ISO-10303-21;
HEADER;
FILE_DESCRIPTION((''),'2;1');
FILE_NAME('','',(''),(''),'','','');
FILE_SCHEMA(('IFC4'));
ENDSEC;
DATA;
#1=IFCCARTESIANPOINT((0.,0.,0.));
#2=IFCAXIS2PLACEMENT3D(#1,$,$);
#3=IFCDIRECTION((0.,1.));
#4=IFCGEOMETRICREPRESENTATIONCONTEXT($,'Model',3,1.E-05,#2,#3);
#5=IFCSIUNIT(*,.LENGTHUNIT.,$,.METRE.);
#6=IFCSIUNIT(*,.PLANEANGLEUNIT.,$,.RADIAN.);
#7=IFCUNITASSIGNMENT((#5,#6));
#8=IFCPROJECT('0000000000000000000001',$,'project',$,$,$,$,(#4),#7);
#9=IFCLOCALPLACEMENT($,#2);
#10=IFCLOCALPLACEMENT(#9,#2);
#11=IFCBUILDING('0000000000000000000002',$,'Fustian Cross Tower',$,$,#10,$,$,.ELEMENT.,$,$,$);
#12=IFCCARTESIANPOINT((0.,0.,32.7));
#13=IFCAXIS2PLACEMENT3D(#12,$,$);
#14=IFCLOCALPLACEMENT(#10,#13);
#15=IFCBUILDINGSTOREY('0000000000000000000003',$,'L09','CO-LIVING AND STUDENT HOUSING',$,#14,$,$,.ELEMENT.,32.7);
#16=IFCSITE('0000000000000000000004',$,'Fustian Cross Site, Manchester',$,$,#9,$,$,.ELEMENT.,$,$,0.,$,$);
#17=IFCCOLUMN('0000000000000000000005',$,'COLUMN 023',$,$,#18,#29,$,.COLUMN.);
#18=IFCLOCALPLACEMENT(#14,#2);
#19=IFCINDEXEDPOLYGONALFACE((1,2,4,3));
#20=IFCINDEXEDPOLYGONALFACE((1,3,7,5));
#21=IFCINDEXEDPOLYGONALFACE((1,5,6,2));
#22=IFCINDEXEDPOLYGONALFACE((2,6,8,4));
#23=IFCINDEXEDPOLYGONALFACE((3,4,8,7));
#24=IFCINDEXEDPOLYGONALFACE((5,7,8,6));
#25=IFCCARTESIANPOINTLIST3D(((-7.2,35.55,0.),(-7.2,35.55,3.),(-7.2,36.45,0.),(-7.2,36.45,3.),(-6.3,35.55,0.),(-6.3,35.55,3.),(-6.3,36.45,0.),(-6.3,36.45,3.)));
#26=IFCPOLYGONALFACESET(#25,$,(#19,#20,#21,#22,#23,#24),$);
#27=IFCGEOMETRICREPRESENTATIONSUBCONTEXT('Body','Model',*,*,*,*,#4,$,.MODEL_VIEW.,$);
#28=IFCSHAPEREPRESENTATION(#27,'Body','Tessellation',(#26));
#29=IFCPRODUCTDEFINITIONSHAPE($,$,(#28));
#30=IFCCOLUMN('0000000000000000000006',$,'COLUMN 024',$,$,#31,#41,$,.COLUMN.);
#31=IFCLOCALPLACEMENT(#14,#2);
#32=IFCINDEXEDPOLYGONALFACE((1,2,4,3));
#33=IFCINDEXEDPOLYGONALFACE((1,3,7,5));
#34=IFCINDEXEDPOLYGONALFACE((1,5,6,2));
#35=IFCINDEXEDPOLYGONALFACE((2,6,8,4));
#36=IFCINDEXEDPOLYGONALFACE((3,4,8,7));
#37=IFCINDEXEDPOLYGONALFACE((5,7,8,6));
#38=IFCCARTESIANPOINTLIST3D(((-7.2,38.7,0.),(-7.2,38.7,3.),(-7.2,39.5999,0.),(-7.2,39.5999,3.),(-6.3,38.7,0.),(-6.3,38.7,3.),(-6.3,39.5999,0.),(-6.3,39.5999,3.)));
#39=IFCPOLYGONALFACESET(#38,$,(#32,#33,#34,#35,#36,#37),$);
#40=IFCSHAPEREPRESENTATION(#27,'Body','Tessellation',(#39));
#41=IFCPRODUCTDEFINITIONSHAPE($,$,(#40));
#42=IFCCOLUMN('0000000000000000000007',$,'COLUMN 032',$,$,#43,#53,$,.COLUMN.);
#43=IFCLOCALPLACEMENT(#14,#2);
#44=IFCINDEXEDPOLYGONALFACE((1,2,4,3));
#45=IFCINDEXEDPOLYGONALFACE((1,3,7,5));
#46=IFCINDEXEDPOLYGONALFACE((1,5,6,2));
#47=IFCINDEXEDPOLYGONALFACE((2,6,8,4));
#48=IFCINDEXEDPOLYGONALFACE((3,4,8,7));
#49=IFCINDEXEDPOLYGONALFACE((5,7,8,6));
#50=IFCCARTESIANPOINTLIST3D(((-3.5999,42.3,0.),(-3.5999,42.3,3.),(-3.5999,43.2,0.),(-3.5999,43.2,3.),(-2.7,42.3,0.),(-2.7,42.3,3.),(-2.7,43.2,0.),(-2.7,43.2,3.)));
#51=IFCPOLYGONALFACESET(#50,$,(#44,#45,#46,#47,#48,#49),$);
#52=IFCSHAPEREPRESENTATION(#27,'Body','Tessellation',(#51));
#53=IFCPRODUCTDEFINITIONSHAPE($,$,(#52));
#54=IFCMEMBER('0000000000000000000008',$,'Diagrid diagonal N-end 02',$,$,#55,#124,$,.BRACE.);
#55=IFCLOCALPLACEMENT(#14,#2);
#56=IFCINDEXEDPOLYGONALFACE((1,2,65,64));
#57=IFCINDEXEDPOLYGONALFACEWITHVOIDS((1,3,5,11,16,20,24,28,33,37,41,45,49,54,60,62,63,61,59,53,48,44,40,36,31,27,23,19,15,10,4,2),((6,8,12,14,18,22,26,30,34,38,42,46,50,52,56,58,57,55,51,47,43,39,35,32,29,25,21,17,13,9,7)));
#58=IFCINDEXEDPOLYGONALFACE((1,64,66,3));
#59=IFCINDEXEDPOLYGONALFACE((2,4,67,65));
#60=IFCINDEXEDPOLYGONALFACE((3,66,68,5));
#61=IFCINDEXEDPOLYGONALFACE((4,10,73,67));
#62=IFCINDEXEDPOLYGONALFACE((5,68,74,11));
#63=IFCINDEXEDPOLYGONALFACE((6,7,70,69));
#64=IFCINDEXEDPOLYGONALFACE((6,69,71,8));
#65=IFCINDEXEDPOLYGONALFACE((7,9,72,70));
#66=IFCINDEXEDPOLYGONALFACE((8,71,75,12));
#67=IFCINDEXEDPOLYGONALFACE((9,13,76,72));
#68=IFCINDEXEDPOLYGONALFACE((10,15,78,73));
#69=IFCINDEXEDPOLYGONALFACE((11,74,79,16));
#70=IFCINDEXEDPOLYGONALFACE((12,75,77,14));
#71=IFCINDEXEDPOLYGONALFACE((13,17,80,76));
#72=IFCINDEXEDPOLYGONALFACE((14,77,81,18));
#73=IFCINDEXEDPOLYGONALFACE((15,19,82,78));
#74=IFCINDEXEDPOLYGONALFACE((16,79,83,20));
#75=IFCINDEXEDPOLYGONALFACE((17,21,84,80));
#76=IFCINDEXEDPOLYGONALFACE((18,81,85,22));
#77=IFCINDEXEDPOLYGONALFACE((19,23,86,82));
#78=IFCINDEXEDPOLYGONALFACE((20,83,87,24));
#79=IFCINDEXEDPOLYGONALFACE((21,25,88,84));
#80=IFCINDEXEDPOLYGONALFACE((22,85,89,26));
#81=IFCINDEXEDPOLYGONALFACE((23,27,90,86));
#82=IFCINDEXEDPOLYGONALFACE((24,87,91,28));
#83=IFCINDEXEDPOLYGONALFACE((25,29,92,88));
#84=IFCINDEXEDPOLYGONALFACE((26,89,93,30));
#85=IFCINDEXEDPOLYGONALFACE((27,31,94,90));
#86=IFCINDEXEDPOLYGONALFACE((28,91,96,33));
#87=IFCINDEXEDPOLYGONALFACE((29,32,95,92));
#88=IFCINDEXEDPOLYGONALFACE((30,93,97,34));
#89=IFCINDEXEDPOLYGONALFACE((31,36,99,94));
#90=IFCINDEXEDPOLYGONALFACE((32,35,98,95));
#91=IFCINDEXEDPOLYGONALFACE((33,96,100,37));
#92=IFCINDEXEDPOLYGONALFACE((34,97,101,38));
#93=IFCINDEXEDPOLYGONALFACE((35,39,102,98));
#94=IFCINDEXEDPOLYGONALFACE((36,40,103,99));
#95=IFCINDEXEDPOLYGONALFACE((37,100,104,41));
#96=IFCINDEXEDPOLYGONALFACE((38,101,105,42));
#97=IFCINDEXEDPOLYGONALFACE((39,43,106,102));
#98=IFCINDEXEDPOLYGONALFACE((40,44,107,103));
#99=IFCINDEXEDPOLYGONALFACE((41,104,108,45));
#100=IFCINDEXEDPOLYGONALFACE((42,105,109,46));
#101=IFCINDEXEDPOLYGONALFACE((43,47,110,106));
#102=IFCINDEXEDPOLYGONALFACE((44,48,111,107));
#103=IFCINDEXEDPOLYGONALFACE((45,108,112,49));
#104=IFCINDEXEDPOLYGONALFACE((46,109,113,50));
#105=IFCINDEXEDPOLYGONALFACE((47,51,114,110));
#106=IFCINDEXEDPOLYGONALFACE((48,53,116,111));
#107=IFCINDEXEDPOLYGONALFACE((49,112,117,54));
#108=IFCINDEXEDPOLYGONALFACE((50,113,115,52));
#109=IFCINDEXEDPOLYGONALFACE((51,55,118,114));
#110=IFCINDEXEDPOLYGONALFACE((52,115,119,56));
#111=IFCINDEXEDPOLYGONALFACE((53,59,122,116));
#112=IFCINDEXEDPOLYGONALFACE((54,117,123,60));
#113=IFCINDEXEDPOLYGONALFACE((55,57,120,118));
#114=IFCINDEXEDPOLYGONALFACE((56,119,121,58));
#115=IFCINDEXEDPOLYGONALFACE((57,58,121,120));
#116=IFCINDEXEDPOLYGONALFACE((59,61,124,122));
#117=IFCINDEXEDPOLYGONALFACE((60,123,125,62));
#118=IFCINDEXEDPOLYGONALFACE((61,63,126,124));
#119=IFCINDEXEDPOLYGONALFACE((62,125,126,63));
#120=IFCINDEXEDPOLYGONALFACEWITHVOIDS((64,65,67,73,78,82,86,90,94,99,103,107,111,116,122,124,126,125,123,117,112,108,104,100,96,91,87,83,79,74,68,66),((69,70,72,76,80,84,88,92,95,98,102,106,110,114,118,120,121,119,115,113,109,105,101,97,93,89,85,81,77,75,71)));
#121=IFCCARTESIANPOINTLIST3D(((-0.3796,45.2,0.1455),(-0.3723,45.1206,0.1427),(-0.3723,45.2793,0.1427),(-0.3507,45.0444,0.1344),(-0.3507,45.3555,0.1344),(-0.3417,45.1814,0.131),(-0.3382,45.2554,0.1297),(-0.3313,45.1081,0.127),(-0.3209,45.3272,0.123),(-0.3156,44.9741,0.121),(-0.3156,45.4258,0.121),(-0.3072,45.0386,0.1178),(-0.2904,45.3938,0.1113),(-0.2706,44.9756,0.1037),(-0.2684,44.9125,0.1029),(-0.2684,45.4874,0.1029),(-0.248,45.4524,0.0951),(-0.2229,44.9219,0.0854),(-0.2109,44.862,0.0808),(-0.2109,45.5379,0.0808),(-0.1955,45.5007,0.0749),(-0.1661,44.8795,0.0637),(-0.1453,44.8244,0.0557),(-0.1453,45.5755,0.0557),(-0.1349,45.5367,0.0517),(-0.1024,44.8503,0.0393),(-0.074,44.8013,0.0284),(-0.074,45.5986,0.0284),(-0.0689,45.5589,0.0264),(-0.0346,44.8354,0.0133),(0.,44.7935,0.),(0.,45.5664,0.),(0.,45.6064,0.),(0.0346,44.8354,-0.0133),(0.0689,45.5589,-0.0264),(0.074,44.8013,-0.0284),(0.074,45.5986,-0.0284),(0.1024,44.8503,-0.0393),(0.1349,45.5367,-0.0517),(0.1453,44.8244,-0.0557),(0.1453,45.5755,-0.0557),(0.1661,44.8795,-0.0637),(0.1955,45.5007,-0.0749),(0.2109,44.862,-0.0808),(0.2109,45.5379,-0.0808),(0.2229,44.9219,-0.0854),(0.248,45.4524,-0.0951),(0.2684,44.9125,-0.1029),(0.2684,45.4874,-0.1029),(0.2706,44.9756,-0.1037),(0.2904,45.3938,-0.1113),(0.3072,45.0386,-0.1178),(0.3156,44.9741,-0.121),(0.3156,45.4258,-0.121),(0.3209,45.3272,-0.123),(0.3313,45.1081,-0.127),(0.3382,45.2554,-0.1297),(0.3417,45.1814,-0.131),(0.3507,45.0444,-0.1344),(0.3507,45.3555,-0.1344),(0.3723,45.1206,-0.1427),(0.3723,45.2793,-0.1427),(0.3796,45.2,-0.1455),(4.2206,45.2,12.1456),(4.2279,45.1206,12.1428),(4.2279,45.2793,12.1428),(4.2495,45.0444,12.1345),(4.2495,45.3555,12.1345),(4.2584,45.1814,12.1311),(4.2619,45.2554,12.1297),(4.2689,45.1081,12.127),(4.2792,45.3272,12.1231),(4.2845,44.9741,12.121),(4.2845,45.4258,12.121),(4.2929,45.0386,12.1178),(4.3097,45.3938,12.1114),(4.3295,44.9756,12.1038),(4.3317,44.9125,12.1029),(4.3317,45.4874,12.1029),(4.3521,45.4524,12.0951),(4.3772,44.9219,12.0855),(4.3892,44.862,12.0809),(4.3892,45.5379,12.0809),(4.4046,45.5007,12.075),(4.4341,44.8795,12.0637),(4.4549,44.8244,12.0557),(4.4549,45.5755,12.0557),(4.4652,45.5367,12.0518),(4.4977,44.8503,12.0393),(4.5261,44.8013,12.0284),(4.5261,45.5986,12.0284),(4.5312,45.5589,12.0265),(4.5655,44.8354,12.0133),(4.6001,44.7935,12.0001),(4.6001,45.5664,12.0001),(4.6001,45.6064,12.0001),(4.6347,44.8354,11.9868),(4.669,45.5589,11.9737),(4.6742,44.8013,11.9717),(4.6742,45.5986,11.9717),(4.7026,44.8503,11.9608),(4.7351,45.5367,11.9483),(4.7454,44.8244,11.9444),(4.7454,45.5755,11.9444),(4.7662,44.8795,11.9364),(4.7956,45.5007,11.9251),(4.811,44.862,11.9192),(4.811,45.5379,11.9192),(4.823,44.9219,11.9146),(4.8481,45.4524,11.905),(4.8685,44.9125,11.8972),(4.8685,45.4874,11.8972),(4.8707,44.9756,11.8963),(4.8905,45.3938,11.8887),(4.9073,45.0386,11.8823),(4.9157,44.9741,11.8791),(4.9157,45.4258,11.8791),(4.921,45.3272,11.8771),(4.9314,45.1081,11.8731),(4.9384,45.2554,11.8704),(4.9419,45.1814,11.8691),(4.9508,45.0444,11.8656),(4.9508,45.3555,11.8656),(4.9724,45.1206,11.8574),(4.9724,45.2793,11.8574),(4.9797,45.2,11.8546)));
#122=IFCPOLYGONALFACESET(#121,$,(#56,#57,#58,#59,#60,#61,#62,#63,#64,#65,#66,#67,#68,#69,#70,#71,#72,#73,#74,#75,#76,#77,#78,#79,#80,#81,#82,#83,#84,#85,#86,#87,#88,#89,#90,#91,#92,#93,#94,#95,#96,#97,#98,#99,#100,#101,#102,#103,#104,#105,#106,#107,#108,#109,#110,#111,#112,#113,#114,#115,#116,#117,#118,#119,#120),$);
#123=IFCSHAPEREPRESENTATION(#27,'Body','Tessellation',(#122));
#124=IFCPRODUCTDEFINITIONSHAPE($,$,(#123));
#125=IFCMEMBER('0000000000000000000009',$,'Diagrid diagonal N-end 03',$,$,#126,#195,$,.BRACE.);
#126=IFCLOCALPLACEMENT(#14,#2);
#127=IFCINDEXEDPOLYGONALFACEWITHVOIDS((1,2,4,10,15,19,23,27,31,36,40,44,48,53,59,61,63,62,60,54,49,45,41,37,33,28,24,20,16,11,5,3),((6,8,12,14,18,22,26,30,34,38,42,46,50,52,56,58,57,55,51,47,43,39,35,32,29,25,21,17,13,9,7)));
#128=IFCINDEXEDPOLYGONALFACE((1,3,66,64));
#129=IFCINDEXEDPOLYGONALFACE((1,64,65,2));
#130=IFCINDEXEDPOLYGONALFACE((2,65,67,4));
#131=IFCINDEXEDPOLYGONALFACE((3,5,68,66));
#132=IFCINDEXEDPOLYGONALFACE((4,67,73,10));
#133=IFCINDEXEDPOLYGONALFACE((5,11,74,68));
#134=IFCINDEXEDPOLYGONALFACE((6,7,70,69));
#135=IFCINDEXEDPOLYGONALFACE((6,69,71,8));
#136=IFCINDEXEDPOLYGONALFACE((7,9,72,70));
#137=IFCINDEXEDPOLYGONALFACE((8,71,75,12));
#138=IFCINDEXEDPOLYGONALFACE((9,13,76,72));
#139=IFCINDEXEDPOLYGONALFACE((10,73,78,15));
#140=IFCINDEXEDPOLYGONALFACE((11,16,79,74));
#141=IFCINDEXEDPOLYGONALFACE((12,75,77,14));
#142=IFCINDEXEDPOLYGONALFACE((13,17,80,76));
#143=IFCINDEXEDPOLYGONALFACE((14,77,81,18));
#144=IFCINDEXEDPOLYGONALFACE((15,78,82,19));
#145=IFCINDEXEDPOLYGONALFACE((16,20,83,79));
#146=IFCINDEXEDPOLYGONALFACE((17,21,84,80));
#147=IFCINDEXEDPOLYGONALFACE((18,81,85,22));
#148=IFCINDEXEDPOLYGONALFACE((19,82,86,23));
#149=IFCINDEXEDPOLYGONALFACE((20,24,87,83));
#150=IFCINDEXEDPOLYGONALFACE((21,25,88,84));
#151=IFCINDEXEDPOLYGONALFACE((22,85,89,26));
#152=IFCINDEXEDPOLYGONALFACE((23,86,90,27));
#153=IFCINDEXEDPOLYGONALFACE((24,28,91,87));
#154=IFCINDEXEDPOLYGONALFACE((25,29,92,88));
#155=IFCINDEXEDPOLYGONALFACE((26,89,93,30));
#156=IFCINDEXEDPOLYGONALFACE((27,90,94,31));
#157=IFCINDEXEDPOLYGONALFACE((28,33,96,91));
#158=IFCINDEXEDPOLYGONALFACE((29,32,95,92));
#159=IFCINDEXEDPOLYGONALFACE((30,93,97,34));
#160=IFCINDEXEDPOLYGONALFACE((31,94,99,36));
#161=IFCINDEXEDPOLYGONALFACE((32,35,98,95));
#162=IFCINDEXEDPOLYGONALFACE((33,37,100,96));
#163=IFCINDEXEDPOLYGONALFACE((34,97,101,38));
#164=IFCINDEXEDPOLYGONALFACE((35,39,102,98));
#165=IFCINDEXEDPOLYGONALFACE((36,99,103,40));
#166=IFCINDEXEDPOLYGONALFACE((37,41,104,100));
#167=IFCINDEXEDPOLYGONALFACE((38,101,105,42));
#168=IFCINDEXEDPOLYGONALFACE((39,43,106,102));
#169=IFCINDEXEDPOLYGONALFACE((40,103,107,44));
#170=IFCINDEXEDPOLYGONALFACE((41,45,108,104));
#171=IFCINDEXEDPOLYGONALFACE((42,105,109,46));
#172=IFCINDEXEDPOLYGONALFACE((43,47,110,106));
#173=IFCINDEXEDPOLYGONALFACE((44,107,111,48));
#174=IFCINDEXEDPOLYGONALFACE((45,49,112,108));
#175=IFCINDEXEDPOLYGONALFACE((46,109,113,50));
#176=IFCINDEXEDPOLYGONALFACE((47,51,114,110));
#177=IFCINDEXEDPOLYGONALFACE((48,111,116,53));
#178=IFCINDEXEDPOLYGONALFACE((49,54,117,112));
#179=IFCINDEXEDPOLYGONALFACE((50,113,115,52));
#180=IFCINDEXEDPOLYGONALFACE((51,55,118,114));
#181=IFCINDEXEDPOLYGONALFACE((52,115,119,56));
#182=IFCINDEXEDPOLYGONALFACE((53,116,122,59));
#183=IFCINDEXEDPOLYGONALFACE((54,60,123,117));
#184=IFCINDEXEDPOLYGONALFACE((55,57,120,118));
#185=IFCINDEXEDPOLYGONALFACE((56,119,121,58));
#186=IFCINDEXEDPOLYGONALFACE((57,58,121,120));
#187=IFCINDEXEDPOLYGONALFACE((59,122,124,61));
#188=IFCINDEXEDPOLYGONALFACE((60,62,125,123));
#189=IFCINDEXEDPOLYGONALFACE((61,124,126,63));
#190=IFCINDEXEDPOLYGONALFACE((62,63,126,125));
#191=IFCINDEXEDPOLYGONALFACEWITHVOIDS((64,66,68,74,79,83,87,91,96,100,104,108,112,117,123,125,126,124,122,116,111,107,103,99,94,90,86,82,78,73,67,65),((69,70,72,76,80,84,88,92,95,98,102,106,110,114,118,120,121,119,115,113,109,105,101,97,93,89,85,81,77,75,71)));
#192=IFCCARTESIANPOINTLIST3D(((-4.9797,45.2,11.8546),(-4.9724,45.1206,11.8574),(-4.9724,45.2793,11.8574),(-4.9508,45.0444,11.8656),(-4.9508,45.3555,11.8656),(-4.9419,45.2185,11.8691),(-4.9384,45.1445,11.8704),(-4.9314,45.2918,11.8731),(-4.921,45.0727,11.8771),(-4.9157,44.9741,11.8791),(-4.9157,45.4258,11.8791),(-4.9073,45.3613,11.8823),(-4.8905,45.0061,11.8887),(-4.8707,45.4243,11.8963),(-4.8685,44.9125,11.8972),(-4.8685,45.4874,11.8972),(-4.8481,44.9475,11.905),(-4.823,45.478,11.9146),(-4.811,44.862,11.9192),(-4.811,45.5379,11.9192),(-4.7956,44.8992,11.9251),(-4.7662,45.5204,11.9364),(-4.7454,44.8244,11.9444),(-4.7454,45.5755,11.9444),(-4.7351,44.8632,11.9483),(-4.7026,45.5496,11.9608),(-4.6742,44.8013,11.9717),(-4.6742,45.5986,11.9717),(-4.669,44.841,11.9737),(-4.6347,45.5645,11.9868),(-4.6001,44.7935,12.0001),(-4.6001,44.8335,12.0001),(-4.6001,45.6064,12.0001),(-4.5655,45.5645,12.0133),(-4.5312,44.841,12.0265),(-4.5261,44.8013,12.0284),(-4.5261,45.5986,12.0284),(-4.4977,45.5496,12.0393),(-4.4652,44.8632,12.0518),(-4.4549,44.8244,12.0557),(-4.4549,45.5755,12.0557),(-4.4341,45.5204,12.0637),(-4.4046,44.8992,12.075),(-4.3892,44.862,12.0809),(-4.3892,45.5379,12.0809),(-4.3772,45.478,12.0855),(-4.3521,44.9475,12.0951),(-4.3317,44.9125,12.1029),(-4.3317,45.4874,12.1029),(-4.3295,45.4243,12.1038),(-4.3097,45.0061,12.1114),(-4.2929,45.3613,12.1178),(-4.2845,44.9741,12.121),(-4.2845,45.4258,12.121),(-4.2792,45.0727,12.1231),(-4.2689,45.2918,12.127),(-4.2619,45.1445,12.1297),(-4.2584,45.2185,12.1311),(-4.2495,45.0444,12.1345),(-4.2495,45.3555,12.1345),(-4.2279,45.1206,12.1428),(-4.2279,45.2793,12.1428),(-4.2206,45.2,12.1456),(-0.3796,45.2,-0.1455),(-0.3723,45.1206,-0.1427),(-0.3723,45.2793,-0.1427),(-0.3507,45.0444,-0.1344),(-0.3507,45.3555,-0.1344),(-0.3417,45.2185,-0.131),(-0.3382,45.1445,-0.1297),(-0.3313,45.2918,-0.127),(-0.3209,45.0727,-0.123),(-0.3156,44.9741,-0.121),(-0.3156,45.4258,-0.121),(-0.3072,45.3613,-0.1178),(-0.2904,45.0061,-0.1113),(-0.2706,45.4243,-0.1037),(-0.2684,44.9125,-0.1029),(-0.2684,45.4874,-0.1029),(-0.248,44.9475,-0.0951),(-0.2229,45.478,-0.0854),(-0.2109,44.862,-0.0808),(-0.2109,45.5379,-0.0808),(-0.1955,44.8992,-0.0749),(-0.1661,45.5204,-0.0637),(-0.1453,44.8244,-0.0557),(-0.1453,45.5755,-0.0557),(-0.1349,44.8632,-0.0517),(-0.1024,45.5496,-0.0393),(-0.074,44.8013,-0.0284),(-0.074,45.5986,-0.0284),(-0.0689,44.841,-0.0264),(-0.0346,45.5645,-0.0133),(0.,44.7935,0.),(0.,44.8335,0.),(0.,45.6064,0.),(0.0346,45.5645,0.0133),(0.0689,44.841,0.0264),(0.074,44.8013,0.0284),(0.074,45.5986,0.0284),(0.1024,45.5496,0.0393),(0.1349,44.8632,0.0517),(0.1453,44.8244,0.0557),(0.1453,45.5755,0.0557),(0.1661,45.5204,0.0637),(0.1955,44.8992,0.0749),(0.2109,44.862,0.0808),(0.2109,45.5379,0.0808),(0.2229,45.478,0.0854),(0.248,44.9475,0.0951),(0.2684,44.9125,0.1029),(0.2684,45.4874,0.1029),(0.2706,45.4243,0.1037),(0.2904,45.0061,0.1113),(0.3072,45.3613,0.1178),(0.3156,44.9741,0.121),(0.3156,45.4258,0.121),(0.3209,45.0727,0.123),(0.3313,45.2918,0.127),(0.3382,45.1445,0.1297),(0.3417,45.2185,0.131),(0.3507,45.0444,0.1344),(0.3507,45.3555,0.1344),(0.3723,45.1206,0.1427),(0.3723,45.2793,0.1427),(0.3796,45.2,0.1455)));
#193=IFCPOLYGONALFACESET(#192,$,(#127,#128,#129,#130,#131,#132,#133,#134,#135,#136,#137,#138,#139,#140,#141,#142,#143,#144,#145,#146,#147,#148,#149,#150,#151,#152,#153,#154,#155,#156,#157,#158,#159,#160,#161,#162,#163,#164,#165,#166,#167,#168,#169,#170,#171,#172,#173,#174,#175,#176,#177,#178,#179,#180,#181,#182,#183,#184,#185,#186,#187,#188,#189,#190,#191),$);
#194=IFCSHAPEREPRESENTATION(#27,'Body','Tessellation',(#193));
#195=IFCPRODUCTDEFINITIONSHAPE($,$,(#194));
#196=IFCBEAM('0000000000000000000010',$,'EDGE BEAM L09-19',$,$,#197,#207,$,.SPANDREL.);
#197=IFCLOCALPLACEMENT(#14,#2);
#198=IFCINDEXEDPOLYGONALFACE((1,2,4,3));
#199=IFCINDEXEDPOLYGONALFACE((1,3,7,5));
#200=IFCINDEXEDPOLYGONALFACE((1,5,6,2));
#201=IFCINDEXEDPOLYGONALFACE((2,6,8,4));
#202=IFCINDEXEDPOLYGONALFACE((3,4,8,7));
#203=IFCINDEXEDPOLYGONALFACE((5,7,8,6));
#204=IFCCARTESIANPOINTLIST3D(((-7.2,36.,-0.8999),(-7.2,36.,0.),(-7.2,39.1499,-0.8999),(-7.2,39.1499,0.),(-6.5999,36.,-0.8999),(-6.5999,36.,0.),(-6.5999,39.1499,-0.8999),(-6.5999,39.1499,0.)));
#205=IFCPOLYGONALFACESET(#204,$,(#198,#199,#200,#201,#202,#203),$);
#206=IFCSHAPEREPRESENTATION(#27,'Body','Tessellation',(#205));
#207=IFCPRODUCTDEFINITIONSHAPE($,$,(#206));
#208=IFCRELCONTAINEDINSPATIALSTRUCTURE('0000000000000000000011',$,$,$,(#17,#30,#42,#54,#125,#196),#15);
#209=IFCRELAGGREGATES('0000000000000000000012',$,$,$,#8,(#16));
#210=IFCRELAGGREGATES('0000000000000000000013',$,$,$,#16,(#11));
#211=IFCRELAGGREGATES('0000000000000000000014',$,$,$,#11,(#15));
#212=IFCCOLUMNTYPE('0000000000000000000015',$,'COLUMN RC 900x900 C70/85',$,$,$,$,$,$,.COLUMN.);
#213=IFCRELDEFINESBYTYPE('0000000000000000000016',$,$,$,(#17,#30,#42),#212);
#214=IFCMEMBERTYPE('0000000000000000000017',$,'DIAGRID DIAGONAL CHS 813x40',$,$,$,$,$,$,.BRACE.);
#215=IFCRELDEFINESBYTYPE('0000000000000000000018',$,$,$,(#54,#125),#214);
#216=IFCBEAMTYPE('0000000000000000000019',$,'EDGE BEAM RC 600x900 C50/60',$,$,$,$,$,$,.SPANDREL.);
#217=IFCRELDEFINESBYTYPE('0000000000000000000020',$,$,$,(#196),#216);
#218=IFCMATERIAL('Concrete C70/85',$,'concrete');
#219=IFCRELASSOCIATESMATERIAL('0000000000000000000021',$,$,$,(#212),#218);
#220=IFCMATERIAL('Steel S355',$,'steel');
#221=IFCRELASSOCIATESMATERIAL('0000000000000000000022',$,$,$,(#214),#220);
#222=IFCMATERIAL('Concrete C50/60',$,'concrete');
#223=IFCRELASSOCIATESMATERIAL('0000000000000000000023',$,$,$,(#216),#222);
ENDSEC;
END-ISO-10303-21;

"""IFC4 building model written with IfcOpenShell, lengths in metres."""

from ifc_helpers import new_model, si_unit, direction, frame, origin, origin_2d, place, context, subcontext, project, spatial, rectangle, hollow_circle, extrude, material, material_profile, profile_set, type_object, element, save


model = new_model("IFC4")

# Units and contexts
model_context = context("Model", 3, precision=1e-05, world=origin(), true_north=direction((0.0, 1.0)))
body_context = subcontext(model_context, "Body", "Model", "MODEL_VIEW")
ifc_project = project(units=[si_unit("LENGTHUNIT", "METRE"), si_unit("PLANEANGLEUNIT", "RADIAN")], contexts=[model_context])

# Site, building, storey
site_placement = place(None, origin())
site = spatial("IfcSite", under=ifc_project, at=site_placement, Name="Fustian Cross Site, Manchester", CompositionType="ELEMENT", RefElevation=0.0)
building_placement = place(site_placement, origin())
building = spatial("IfcBuilding", under=site, at=building_placement, Name="Fustian Cross Tower", CompositionType="ELEMENT")
storey_placement = place(building_placement, frame((0.0, 0.0, 32.7)))
storey = spatial("IfcBuildingStorey", under=building, at=storey_placement, Name="L09", Description="CO-LIVING AND STUDENT HOUSING", CompositionType="ELEMENT", Elevation=32.7)

# Columns
ifc_material_1 = material(Name="Concrete C70/85", Category="concrete")
ifc_material_profile_1 = material_profile(ifc_material_1, rectangle(XDim=0.8999, YDim=0.8999, at=origin_2d()), Name="RC 900x900")
ifc_profile_set_1 = profile_set([ifc_material_profile_1], Name="Concrete C70/85")
column_type = type_object("IfcColumnType", Name="COLUMN RC 900x900 C70/85", PredefinedType="COLUMN", material=ifc_profile_set_1)
for number, where, z_axis, x_axis, name in (
    (1, (-6.75, 36.0, 0.0), (0.0, 0.0, 1.0), (1.0, 0.0, 0.0), "COLUMN 023"),
    (2, (-6.75, 39.1499, 0.0), (0.0, 0.0, 1.0), (1.0, 0.0, 0.0), "COLUMN 024"),
    (3, (-3.1499, 42.75, 0.0), (0.0, 0.0, 1.0), (1.0, 0.0, 0.0), "COLUMN 032"),
):
    element("IfcColumn", number, at=place(storey_placement, frame(where, z_axis=z_axis, x_axis=x_axis)), inside=storey, type_object=column_type, Name=name, PredefinedType="COLUMN", context=body_context, shape_type="SweptSolid", body=[
        extrude(rectangle(XDim=0.8999, YDim=0.8999, at=origin_2d()), origin(), (0.0, 0.0, 1.0), 3.0),
    ])

# Members
ifc_material_2 = material(Name="Steel S355", Category="steel")
ifc_material_profile_2 = material_profile(ifc_material_2, hollow_circle(Radius=0.4065, WallThickness=0.04, at=origin_2d()), Name="CHS 813x40")
ifc_profile_set_2 = profile_set([ifc_material_profile_2], Name="Steel S355")
member_type = type_object("IfcMemberType", Name="DIAGRID DIAGONAL CHS 813x40", PredefinedType="BRACE", material=ifc_profile_set_2)
for number, where, z_axis, x_axis, name in (
    (4, (0.0, 45.2, 0.0), (0.357943, 0.0, 0.933744), (0.0, 1.0, 0.0), "Diagrid diagonal N-end 02"),
    (5, (0.0, 45.2, 0.0), (-0.357943, 0.0, 0.933744), (0.0, -1.0, 0.0), "Diagrid diagonal N-end 03"),
):
    element("IfcMember", number, at=place(storey_placement, frame(where, z_axis=z_axis, x_axis=x_axis)), inside=storey, type_object=member_type, Name=name, PredefinedType="BRACE", context=body_context, shape_type="SweptSolid", body=[
        extrude(hollow_circle(Radius=0.4065, WallThickness=0.04, at=origin_2d()), origin(), (0.0, 0.0, 1.0), 12.8516),
    ])

# Beam
ifc_material_3 = material(Name="Concrete C50/60", Category="concrete")
ifc_material_profile_3 = material_profile(ifc_material_3, rectangle(XDim=0.6001, YDim=0.8999, at=origin_2d()), Name="RC 600x900")
ifc_profile_set_3 = profile_set([ifc_material_profile_3], Name="Concrete C50/60")
beam_type = type_object("IfcBeamType", Name="EDGE BEAM RC 600x900 C50/60", PredefinedType="SPANDREL", material=ifc_profile_set_3)
beam_1_placement = place(storey_placement, frame((-6.8999, 39.1499, -0.45), z_axis=(0.0, -1.0, 0.0), x_axis=(1.0, 0.0, 0.0)))
element("IfcBeam", 6, at=beam_1_placement, inside=storey, type_object=beam_type, Name="EDGE BEAM L09-19", PredefinedType="SPANDREL", context=body_context, shape_type="SweptSolid", body=[
    extrude(rectangle(XDim=0.6001, YDim=0.8999, at=origin_2d()), origin(), (0.0, 0.0, 1.0), 3.1499),
])

save(model, "model.ifc")
